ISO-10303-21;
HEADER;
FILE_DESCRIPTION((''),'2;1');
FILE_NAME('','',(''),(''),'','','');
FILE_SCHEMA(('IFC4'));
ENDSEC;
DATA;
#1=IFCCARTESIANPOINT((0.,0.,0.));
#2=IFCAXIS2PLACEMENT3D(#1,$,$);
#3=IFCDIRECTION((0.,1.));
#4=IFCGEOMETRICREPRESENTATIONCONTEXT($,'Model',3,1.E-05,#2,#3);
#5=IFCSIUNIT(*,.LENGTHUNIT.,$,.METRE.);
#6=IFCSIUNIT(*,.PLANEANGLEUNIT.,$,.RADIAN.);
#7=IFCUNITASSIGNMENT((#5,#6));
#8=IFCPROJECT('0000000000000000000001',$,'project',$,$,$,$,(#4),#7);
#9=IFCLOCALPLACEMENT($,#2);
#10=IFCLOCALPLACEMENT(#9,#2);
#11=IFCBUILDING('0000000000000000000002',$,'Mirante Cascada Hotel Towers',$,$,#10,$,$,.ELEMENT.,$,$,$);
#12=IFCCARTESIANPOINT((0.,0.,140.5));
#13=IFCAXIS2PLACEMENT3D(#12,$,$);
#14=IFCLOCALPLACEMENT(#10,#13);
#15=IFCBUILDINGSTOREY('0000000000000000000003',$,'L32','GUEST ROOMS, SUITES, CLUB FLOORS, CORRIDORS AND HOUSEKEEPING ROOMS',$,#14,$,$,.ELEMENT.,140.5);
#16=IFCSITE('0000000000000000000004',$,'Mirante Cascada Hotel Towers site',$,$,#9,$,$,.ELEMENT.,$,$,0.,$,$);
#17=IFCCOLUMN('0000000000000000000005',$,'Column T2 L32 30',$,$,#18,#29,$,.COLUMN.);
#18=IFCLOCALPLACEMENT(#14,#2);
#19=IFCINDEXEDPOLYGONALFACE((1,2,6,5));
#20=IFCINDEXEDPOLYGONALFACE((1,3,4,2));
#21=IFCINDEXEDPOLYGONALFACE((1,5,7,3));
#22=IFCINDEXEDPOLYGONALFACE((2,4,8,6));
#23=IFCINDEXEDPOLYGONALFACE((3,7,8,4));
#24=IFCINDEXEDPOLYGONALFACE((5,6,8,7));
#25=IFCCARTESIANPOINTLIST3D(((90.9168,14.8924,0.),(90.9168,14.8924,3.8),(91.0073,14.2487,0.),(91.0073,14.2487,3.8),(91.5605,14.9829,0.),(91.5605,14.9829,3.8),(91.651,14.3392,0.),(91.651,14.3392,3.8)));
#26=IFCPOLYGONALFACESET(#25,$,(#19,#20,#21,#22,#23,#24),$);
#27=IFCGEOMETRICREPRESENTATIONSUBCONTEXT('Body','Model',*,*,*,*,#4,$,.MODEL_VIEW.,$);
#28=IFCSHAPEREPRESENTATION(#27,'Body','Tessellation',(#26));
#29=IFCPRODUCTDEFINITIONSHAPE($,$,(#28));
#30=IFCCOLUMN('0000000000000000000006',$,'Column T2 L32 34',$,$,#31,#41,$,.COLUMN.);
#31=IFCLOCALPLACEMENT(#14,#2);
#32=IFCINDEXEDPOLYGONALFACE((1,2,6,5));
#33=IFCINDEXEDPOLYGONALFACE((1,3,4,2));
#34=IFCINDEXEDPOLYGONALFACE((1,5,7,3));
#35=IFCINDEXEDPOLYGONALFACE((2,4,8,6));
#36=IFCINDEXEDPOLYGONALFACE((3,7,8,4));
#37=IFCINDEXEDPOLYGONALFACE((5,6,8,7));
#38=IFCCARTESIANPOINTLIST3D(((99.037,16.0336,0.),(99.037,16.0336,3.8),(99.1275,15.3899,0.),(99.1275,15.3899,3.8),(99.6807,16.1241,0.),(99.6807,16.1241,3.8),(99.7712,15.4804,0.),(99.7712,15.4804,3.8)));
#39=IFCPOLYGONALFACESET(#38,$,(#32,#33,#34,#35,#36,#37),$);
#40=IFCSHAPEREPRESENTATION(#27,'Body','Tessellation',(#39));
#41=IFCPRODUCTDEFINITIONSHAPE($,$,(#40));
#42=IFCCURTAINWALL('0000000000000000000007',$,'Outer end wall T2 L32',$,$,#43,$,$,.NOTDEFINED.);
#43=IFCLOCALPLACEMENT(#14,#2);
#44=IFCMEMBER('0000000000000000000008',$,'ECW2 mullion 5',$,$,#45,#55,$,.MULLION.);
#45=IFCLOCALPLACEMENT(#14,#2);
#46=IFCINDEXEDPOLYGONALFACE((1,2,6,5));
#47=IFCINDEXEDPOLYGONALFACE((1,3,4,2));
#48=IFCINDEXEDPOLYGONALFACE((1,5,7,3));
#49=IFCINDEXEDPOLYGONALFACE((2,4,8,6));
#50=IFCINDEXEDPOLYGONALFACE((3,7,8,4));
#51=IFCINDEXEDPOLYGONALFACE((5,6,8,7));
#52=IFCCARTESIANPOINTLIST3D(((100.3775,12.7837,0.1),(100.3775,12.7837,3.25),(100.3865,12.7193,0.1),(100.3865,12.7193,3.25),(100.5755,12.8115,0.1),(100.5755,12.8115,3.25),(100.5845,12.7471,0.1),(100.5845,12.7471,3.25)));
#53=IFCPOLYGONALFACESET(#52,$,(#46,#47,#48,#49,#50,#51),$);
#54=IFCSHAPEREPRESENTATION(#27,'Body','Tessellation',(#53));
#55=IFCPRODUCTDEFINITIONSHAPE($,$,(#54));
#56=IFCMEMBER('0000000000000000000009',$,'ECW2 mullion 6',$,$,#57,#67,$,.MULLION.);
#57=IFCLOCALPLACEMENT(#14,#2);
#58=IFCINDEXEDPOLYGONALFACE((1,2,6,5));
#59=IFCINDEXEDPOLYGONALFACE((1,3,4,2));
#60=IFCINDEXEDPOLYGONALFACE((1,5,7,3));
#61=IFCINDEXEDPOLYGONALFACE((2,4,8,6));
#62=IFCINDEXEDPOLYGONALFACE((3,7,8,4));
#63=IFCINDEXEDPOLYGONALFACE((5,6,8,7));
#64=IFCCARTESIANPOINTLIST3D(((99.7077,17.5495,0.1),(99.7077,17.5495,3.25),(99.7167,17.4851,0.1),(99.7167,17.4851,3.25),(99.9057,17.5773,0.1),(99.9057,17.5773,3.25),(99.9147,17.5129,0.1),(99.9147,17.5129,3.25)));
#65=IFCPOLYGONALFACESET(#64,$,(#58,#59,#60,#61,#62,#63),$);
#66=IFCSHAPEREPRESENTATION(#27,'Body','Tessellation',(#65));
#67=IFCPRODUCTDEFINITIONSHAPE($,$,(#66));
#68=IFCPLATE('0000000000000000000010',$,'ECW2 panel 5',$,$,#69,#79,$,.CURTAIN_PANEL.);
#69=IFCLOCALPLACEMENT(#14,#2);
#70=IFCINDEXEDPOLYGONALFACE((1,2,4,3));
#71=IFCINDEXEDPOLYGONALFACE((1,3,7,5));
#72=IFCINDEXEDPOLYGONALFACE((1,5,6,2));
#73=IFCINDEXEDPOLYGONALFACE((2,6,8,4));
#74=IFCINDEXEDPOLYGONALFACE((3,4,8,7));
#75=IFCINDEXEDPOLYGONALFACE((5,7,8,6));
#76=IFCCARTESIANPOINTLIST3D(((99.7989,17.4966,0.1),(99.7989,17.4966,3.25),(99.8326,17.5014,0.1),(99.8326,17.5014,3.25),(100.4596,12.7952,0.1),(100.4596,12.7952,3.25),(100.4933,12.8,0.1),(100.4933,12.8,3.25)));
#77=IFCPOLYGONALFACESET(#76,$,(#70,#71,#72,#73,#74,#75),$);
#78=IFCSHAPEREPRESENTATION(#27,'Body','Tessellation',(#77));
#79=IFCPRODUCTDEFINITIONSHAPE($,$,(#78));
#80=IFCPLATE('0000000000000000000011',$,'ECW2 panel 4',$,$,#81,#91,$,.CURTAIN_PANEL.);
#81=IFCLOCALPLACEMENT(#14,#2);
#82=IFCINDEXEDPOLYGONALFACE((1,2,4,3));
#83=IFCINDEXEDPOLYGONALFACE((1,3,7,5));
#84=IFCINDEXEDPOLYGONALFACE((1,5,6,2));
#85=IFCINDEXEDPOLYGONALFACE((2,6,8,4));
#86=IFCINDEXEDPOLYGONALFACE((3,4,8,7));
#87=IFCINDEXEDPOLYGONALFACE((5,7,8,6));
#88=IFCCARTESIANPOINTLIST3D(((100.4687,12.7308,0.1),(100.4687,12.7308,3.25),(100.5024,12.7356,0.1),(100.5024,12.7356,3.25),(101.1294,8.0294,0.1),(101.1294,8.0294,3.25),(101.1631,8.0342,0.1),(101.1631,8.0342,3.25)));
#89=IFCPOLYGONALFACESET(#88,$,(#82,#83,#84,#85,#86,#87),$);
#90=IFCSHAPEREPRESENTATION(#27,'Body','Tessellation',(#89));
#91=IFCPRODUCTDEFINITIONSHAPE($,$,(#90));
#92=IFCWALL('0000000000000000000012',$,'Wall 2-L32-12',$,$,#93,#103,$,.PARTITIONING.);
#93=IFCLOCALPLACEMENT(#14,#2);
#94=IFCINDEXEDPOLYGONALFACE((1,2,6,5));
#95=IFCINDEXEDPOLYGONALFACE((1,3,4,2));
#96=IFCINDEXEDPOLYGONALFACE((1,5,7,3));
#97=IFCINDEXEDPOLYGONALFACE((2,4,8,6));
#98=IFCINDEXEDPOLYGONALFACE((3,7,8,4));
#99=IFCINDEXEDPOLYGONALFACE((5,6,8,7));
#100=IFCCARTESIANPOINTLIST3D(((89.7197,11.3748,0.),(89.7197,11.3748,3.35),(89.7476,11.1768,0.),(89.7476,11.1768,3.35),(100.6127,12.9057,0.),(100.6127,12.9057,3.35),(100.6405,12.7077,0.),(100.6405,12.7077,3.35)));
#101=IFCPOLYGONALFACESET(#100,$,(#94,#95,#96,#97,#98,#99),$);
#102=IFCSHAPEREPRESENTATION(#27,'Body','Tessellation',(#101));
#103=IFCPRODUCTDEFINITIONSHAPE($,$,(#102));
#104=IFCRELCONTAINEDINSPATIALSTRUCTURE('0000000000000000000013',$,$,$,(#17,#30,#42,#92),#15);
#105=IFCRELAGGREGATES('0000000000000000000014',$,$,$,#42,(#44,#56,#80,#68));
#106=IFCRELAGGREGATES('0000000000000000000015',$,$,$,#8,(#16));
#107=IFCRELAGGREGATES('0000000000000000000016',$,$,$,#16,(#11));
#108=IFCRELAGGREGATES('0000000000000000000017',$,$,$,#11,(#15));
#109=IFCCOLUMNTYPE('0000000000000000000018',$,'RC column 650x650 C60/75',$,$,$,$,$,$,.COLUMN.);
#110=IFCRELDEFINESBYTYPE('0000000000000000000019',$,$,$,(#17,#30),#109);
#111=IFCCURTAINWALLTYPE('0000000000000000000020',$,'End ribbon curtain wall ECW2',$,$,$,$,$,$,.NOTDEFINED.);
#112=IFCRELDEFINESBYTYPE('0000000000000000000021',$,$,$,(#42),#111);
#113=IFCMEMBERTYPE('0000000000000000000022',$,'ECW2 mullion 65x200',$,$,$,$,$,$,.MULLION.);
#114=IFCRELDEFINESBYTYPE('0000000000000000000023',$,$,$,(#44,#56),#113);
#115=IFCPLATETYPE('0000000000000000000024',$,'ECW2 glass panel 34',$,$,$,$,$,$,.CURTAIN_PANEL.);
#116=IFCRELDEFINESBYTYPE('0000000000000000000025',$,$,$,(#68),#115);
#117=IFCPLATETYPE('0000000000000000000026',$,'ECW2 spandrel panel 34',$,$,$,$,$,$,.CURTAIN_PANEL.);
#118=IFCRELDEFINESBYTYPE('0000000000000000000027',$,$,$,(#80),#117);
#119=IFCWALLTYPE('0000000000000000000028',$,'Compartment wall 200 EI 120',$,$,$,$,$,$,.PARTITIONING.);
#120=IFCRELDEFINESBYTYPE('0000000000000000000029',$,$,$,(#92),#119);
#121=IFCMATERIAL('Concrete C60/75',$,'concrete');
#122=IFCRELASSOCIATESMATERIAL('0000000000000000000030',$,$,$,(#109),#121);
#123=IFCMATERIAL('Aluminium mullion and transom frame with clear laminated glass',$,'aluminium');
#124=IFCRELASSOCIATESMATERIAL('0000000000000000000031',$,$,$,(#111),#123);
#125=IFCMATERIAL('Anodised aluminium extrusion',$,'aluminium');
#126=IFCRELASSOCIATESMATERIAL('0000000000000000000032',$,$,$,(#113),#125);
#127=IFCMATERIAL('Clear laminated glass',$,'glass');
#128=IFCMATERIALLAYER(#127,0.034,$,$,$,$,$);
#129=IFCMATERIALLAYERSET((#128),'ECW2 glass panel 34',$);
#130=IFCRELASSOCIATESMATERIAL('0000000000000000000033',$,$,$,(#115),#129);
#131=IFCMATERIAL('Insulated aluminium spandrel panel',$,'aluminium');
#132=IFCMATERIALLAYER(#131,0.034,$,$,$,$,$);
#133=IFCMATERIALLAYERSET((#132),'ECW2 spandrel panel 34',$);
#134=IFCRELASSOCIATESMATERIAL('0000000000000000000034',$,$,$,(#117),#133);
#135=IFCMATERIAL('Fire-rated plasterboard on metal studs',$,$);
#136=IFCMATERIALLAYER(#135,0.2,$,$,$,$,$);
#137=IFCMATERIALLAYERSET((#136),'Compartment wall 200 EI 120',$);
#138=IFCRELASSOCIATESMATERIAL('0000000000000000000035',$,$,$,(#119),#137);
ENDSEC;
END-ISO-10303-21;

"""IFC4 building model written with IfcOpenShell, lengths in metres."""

from ifc_helpers import new_model, si_unit, direction, frame, frame_2d, origin, origin_2d, place, context, subcontext, project, spatial, rectangle, extrude, material, layer, layer_set, material_profile, profile_set, type_object, element, aggregate, save


model = new_model("IFC4")

# Units and contexts
model_context = context("Model", 3, precision=1e-05, world=origin(), true_north=direction((0.0, 1.0)))
body_context = subcontext(model_context, "Body", "Model", "MODEL_VIEW")
ifc_project = project(units=[si_unit("LENGTHUNIT", "METRE"), si_unit("PLANEANGLEUNIT", "RADIAN")], contexts=[model_context])

# Site, building, storey
site_placement = place(None, origin())
site = spatial("IfcSite", under=ifc_project, at=site_placement, Name="Mirante Cascada Hotel Towers site", CompositionType="ELEMENT", RefElevation=0.0)
building_placement = place(site_placement, origin())
building = spatial("IfcBuilding", under=site, at=building_placement, Name="Mirante Cascada Hotel Towers", CompositionType="ELEMENT")
storey_placement = place(building_placement, frame((0.0, 0.0, 140.5)))
storey = spatial("IfcBuildingStorey", under=building, at=storey_placement, Name="L32", Description="GUEST ROOMS, SUITES, CLUB FLOORS, CORRIDORS AND HOUSEKEEPING ROOMS", CompositionType="ELEMENT", Elevation=140.5)

# Columns
ifc_material_1 = material(Name="Concrete C60/75", Category="concrete")
ifc_material_profile_1 = material_profile(ifc_material_1, rectangle(XDim=0.65, YDim=0.65, at=origin_2d()), Name="RC column 650x650 C60/75")
ifc_profile_set_1 = profile_set([ifc_material_profile_1], Name="Concrete C60/75")
column_type = type_object("IfcColumnType", Name="RC column 650x650 C60/75", PredefinedType="COLUMN", material=ifc_profile_set_1)
for number, where, z_axis, x_axis, name in (
    (1, (91.2839, 14.6158, 0.0), (0.0, 0.0, 1.0), (0.990268, 0.139173, 0.0), "Column T2 L32 30"),
    (2, (99.4041, 15.757, 0.0), (0.0, 0.0, 1.0), (0.990268, 0.139173, 0.0), "Column T2 L32 34"),
):
    element("IfcColumn", number, at=place(storey_placement, frame(where, z_axis=z_axis, x_axis=x_axis)), inside=storey, type_object=column_type, Name=name, PredefinedType="COLUMN", context=body_context, shape_type="SweptSolid", body=[
        extrude(rectangle(XDim=0.65, YDim=0.65, at=origin_2d()), origin(), (0.0, 0.0, 1.0), 3.8),
    ])

# Curtain wall, members, plates
ifc_material_2 = material(Name="Aluminium mullion and transom frame with clear laminated glass", Category="aluminium")
curtain_wall_type = type_object("IfcCurtainWallType", Name="End ribbon curtain wall ECW2", PredefinedType="NOTDEFINED", material=ifc_material_2)
curtain_wall_placement = place(storey_placement, origin())
curtain_wall = element("IfcCurtainWall", 3, at=curtain_wall_placement, inside=storey, type_object=curtain_wall_type, Name="Outer end wall T2 L32", PredefinedType="NOTDEFINED")
ifc_material_3 = material(Name="Anodised aluminium extrusion", Category="aluminium")
ifc_material_profile_2 = material_profile(ifc_material_3, rectangle(XDim=0.2, YDim=0.065, at=origin_2d()), Name="ECW2 MULLION 65x200")
ifc_profile_set_2 = profile_set([ifc_material_profile_2], Name="Anodised aluminium extrusion")
member_type = type_object("IfcMemberType", Name="ECW2 mullion 65x200", PredefinedType="MULLION", material=ifc_profile_set_2)
member_1_placement = place(storey_placement, frame((100.481, 12.7654, 0.1), z_axis=(0.0, 0.0, 1.0), x_axis=(-0.990268, -0.139173, 0.0)))
member_1 = element("IfcMember", 4, at=member_1_placement, type_object=member_type, Name="ECW2 mullion 5", PredefinedType="MULLION", context=body_context, shape_type="SweptSolid", body=[
    extrude(rectangle(XDim=0.2, YDim=0.065, at=origin_2d()), origin(), (0.0, 0.0, 1.0), 3.15),
])
member_2_placement = place(storey_placement, frame((99.8112, 17.5312, 0.1), z_axis=(0.0, 0.0, 1.0), x_axis=(-0.990268, -0.139173, 0.0)))
member_2 = element("IfcMember", 5, at=member_2_placement, type_object=member_type, Name="ECW2 mullion 6", PredefinedType="MULLION", context=body_context, shape_type="SweptSolid", body=[
    extrude(rectangle(XDim=0.2, YDim=0.065, at=origin_2d()), origin(), (0.0, 0.0, 1.0), 3.15),
])
ifc_material_4 = material(Name="Clear laminated glass", Category="glass")
ifc_layer_1 = layer(ifc_material_4, 0.034)
ifc_layer_set_1 = layer_set([ifc_layer_1], Name="ECW2 glass panel 34")
plate_type_1 = type_object("IfcPlateType", Name="ECW2 glass panel 34", PredefinedType="CURTAIN_PANEL", material=ifc_layer_set_1)
plate_1_placement = place(storey_placement, frame((100.1461, 15.1483, 0.1), z_axis=(0.0, 0.0, 1.0), x_axis=(-0.139173, 0.990268, 0.0)))
plate_1 = element("IfcPlate", 6, at=plate_1_placement, type_object=plate_type_1, Name="ECW2 panel 5", PredefinedType="CURTAIN_PANEL", context=body_context, shape_type="SweptSolid", body=[
    extrude(rectangle(XDim=4.7476, YDim=0.034, at=origin_2d()), origin(), (0.0, 0.0, 1.0), 3.15),
])
ifc_material_5 = material(Name="Insulated aluminium spandrel panel", Category="aluminium")
ifc_layer_2 = layer(ifc_material_5, 0.034)
ifc_layer_set_2 = layer_set([ifc_layer_2], Name="ECW2 spandrel panel 34")
plate_type_2 = type_object("IfcPlateType", Name="ECW2 spandrel panel 34", PredefinedType="CURTAIN_PANEL", material=ifc_layer_set_2)
plate_2_placement = place(storey_placement, frame((100.8159, 10.3825, 0.1), z_axis=(0.0, 0.0, 1.0), x_axis=(-0.139173, 0.990268, 0.0)))
plate_2 = element("IfcPlate", 7, at=plate_2_placement, type_object=plate_type_2, Name="ECW2 panel 4", PredefinedType="CURTAIN_PANEL", context=body_context, shape_type="SweptSolid", body=[
    extrude(rectangle(XDim=4.7476, YDim=0.034, at=origin_2d()), origin(), (0.0, 0.0, 1.0), 3.15),
])
aggregate(curtain_wall, [member_1, member_2, plate_2, plate_1])

# Wall
ifc_material_6 = material(Name="Fire-rated plasterboard on metal studs")
ifc_layer_3 = layer(ifc_material_6, 0.2)
ifc_layer_set_3 = layer_set([ifc_layer_3], Name="Compartment wall 200 EI 120")
wall_type_1 = type_object("IfcWallType", Name="Compartment wall 200 EI 120", PredefinedType="PARTITIONING", material=ifc_layer_set_3)
wall_1_placement = place(storey_placement, frame((100.6266, 12.8067, 0.0), z_axis=(0.0, 0.0, 1.0), x_axis=(-0.990268, -0.139173, 0.0)))
element("IfcWall", 8, at=wall_1_placement, inside=storey, type_object=wall_type_1, Name="Wall 2-L32-12", PredefinedType="PARTITIONING", context=body_context, shape_type="SweptSolid", body=[
    extrude(rectangle(XDim=11.0, YDim=0.2, at=frame_2d((5.5, 0.0))), origin(), (0.0, 0.0, 1.0), 3.35),
])

save(model, "model.ifc")
